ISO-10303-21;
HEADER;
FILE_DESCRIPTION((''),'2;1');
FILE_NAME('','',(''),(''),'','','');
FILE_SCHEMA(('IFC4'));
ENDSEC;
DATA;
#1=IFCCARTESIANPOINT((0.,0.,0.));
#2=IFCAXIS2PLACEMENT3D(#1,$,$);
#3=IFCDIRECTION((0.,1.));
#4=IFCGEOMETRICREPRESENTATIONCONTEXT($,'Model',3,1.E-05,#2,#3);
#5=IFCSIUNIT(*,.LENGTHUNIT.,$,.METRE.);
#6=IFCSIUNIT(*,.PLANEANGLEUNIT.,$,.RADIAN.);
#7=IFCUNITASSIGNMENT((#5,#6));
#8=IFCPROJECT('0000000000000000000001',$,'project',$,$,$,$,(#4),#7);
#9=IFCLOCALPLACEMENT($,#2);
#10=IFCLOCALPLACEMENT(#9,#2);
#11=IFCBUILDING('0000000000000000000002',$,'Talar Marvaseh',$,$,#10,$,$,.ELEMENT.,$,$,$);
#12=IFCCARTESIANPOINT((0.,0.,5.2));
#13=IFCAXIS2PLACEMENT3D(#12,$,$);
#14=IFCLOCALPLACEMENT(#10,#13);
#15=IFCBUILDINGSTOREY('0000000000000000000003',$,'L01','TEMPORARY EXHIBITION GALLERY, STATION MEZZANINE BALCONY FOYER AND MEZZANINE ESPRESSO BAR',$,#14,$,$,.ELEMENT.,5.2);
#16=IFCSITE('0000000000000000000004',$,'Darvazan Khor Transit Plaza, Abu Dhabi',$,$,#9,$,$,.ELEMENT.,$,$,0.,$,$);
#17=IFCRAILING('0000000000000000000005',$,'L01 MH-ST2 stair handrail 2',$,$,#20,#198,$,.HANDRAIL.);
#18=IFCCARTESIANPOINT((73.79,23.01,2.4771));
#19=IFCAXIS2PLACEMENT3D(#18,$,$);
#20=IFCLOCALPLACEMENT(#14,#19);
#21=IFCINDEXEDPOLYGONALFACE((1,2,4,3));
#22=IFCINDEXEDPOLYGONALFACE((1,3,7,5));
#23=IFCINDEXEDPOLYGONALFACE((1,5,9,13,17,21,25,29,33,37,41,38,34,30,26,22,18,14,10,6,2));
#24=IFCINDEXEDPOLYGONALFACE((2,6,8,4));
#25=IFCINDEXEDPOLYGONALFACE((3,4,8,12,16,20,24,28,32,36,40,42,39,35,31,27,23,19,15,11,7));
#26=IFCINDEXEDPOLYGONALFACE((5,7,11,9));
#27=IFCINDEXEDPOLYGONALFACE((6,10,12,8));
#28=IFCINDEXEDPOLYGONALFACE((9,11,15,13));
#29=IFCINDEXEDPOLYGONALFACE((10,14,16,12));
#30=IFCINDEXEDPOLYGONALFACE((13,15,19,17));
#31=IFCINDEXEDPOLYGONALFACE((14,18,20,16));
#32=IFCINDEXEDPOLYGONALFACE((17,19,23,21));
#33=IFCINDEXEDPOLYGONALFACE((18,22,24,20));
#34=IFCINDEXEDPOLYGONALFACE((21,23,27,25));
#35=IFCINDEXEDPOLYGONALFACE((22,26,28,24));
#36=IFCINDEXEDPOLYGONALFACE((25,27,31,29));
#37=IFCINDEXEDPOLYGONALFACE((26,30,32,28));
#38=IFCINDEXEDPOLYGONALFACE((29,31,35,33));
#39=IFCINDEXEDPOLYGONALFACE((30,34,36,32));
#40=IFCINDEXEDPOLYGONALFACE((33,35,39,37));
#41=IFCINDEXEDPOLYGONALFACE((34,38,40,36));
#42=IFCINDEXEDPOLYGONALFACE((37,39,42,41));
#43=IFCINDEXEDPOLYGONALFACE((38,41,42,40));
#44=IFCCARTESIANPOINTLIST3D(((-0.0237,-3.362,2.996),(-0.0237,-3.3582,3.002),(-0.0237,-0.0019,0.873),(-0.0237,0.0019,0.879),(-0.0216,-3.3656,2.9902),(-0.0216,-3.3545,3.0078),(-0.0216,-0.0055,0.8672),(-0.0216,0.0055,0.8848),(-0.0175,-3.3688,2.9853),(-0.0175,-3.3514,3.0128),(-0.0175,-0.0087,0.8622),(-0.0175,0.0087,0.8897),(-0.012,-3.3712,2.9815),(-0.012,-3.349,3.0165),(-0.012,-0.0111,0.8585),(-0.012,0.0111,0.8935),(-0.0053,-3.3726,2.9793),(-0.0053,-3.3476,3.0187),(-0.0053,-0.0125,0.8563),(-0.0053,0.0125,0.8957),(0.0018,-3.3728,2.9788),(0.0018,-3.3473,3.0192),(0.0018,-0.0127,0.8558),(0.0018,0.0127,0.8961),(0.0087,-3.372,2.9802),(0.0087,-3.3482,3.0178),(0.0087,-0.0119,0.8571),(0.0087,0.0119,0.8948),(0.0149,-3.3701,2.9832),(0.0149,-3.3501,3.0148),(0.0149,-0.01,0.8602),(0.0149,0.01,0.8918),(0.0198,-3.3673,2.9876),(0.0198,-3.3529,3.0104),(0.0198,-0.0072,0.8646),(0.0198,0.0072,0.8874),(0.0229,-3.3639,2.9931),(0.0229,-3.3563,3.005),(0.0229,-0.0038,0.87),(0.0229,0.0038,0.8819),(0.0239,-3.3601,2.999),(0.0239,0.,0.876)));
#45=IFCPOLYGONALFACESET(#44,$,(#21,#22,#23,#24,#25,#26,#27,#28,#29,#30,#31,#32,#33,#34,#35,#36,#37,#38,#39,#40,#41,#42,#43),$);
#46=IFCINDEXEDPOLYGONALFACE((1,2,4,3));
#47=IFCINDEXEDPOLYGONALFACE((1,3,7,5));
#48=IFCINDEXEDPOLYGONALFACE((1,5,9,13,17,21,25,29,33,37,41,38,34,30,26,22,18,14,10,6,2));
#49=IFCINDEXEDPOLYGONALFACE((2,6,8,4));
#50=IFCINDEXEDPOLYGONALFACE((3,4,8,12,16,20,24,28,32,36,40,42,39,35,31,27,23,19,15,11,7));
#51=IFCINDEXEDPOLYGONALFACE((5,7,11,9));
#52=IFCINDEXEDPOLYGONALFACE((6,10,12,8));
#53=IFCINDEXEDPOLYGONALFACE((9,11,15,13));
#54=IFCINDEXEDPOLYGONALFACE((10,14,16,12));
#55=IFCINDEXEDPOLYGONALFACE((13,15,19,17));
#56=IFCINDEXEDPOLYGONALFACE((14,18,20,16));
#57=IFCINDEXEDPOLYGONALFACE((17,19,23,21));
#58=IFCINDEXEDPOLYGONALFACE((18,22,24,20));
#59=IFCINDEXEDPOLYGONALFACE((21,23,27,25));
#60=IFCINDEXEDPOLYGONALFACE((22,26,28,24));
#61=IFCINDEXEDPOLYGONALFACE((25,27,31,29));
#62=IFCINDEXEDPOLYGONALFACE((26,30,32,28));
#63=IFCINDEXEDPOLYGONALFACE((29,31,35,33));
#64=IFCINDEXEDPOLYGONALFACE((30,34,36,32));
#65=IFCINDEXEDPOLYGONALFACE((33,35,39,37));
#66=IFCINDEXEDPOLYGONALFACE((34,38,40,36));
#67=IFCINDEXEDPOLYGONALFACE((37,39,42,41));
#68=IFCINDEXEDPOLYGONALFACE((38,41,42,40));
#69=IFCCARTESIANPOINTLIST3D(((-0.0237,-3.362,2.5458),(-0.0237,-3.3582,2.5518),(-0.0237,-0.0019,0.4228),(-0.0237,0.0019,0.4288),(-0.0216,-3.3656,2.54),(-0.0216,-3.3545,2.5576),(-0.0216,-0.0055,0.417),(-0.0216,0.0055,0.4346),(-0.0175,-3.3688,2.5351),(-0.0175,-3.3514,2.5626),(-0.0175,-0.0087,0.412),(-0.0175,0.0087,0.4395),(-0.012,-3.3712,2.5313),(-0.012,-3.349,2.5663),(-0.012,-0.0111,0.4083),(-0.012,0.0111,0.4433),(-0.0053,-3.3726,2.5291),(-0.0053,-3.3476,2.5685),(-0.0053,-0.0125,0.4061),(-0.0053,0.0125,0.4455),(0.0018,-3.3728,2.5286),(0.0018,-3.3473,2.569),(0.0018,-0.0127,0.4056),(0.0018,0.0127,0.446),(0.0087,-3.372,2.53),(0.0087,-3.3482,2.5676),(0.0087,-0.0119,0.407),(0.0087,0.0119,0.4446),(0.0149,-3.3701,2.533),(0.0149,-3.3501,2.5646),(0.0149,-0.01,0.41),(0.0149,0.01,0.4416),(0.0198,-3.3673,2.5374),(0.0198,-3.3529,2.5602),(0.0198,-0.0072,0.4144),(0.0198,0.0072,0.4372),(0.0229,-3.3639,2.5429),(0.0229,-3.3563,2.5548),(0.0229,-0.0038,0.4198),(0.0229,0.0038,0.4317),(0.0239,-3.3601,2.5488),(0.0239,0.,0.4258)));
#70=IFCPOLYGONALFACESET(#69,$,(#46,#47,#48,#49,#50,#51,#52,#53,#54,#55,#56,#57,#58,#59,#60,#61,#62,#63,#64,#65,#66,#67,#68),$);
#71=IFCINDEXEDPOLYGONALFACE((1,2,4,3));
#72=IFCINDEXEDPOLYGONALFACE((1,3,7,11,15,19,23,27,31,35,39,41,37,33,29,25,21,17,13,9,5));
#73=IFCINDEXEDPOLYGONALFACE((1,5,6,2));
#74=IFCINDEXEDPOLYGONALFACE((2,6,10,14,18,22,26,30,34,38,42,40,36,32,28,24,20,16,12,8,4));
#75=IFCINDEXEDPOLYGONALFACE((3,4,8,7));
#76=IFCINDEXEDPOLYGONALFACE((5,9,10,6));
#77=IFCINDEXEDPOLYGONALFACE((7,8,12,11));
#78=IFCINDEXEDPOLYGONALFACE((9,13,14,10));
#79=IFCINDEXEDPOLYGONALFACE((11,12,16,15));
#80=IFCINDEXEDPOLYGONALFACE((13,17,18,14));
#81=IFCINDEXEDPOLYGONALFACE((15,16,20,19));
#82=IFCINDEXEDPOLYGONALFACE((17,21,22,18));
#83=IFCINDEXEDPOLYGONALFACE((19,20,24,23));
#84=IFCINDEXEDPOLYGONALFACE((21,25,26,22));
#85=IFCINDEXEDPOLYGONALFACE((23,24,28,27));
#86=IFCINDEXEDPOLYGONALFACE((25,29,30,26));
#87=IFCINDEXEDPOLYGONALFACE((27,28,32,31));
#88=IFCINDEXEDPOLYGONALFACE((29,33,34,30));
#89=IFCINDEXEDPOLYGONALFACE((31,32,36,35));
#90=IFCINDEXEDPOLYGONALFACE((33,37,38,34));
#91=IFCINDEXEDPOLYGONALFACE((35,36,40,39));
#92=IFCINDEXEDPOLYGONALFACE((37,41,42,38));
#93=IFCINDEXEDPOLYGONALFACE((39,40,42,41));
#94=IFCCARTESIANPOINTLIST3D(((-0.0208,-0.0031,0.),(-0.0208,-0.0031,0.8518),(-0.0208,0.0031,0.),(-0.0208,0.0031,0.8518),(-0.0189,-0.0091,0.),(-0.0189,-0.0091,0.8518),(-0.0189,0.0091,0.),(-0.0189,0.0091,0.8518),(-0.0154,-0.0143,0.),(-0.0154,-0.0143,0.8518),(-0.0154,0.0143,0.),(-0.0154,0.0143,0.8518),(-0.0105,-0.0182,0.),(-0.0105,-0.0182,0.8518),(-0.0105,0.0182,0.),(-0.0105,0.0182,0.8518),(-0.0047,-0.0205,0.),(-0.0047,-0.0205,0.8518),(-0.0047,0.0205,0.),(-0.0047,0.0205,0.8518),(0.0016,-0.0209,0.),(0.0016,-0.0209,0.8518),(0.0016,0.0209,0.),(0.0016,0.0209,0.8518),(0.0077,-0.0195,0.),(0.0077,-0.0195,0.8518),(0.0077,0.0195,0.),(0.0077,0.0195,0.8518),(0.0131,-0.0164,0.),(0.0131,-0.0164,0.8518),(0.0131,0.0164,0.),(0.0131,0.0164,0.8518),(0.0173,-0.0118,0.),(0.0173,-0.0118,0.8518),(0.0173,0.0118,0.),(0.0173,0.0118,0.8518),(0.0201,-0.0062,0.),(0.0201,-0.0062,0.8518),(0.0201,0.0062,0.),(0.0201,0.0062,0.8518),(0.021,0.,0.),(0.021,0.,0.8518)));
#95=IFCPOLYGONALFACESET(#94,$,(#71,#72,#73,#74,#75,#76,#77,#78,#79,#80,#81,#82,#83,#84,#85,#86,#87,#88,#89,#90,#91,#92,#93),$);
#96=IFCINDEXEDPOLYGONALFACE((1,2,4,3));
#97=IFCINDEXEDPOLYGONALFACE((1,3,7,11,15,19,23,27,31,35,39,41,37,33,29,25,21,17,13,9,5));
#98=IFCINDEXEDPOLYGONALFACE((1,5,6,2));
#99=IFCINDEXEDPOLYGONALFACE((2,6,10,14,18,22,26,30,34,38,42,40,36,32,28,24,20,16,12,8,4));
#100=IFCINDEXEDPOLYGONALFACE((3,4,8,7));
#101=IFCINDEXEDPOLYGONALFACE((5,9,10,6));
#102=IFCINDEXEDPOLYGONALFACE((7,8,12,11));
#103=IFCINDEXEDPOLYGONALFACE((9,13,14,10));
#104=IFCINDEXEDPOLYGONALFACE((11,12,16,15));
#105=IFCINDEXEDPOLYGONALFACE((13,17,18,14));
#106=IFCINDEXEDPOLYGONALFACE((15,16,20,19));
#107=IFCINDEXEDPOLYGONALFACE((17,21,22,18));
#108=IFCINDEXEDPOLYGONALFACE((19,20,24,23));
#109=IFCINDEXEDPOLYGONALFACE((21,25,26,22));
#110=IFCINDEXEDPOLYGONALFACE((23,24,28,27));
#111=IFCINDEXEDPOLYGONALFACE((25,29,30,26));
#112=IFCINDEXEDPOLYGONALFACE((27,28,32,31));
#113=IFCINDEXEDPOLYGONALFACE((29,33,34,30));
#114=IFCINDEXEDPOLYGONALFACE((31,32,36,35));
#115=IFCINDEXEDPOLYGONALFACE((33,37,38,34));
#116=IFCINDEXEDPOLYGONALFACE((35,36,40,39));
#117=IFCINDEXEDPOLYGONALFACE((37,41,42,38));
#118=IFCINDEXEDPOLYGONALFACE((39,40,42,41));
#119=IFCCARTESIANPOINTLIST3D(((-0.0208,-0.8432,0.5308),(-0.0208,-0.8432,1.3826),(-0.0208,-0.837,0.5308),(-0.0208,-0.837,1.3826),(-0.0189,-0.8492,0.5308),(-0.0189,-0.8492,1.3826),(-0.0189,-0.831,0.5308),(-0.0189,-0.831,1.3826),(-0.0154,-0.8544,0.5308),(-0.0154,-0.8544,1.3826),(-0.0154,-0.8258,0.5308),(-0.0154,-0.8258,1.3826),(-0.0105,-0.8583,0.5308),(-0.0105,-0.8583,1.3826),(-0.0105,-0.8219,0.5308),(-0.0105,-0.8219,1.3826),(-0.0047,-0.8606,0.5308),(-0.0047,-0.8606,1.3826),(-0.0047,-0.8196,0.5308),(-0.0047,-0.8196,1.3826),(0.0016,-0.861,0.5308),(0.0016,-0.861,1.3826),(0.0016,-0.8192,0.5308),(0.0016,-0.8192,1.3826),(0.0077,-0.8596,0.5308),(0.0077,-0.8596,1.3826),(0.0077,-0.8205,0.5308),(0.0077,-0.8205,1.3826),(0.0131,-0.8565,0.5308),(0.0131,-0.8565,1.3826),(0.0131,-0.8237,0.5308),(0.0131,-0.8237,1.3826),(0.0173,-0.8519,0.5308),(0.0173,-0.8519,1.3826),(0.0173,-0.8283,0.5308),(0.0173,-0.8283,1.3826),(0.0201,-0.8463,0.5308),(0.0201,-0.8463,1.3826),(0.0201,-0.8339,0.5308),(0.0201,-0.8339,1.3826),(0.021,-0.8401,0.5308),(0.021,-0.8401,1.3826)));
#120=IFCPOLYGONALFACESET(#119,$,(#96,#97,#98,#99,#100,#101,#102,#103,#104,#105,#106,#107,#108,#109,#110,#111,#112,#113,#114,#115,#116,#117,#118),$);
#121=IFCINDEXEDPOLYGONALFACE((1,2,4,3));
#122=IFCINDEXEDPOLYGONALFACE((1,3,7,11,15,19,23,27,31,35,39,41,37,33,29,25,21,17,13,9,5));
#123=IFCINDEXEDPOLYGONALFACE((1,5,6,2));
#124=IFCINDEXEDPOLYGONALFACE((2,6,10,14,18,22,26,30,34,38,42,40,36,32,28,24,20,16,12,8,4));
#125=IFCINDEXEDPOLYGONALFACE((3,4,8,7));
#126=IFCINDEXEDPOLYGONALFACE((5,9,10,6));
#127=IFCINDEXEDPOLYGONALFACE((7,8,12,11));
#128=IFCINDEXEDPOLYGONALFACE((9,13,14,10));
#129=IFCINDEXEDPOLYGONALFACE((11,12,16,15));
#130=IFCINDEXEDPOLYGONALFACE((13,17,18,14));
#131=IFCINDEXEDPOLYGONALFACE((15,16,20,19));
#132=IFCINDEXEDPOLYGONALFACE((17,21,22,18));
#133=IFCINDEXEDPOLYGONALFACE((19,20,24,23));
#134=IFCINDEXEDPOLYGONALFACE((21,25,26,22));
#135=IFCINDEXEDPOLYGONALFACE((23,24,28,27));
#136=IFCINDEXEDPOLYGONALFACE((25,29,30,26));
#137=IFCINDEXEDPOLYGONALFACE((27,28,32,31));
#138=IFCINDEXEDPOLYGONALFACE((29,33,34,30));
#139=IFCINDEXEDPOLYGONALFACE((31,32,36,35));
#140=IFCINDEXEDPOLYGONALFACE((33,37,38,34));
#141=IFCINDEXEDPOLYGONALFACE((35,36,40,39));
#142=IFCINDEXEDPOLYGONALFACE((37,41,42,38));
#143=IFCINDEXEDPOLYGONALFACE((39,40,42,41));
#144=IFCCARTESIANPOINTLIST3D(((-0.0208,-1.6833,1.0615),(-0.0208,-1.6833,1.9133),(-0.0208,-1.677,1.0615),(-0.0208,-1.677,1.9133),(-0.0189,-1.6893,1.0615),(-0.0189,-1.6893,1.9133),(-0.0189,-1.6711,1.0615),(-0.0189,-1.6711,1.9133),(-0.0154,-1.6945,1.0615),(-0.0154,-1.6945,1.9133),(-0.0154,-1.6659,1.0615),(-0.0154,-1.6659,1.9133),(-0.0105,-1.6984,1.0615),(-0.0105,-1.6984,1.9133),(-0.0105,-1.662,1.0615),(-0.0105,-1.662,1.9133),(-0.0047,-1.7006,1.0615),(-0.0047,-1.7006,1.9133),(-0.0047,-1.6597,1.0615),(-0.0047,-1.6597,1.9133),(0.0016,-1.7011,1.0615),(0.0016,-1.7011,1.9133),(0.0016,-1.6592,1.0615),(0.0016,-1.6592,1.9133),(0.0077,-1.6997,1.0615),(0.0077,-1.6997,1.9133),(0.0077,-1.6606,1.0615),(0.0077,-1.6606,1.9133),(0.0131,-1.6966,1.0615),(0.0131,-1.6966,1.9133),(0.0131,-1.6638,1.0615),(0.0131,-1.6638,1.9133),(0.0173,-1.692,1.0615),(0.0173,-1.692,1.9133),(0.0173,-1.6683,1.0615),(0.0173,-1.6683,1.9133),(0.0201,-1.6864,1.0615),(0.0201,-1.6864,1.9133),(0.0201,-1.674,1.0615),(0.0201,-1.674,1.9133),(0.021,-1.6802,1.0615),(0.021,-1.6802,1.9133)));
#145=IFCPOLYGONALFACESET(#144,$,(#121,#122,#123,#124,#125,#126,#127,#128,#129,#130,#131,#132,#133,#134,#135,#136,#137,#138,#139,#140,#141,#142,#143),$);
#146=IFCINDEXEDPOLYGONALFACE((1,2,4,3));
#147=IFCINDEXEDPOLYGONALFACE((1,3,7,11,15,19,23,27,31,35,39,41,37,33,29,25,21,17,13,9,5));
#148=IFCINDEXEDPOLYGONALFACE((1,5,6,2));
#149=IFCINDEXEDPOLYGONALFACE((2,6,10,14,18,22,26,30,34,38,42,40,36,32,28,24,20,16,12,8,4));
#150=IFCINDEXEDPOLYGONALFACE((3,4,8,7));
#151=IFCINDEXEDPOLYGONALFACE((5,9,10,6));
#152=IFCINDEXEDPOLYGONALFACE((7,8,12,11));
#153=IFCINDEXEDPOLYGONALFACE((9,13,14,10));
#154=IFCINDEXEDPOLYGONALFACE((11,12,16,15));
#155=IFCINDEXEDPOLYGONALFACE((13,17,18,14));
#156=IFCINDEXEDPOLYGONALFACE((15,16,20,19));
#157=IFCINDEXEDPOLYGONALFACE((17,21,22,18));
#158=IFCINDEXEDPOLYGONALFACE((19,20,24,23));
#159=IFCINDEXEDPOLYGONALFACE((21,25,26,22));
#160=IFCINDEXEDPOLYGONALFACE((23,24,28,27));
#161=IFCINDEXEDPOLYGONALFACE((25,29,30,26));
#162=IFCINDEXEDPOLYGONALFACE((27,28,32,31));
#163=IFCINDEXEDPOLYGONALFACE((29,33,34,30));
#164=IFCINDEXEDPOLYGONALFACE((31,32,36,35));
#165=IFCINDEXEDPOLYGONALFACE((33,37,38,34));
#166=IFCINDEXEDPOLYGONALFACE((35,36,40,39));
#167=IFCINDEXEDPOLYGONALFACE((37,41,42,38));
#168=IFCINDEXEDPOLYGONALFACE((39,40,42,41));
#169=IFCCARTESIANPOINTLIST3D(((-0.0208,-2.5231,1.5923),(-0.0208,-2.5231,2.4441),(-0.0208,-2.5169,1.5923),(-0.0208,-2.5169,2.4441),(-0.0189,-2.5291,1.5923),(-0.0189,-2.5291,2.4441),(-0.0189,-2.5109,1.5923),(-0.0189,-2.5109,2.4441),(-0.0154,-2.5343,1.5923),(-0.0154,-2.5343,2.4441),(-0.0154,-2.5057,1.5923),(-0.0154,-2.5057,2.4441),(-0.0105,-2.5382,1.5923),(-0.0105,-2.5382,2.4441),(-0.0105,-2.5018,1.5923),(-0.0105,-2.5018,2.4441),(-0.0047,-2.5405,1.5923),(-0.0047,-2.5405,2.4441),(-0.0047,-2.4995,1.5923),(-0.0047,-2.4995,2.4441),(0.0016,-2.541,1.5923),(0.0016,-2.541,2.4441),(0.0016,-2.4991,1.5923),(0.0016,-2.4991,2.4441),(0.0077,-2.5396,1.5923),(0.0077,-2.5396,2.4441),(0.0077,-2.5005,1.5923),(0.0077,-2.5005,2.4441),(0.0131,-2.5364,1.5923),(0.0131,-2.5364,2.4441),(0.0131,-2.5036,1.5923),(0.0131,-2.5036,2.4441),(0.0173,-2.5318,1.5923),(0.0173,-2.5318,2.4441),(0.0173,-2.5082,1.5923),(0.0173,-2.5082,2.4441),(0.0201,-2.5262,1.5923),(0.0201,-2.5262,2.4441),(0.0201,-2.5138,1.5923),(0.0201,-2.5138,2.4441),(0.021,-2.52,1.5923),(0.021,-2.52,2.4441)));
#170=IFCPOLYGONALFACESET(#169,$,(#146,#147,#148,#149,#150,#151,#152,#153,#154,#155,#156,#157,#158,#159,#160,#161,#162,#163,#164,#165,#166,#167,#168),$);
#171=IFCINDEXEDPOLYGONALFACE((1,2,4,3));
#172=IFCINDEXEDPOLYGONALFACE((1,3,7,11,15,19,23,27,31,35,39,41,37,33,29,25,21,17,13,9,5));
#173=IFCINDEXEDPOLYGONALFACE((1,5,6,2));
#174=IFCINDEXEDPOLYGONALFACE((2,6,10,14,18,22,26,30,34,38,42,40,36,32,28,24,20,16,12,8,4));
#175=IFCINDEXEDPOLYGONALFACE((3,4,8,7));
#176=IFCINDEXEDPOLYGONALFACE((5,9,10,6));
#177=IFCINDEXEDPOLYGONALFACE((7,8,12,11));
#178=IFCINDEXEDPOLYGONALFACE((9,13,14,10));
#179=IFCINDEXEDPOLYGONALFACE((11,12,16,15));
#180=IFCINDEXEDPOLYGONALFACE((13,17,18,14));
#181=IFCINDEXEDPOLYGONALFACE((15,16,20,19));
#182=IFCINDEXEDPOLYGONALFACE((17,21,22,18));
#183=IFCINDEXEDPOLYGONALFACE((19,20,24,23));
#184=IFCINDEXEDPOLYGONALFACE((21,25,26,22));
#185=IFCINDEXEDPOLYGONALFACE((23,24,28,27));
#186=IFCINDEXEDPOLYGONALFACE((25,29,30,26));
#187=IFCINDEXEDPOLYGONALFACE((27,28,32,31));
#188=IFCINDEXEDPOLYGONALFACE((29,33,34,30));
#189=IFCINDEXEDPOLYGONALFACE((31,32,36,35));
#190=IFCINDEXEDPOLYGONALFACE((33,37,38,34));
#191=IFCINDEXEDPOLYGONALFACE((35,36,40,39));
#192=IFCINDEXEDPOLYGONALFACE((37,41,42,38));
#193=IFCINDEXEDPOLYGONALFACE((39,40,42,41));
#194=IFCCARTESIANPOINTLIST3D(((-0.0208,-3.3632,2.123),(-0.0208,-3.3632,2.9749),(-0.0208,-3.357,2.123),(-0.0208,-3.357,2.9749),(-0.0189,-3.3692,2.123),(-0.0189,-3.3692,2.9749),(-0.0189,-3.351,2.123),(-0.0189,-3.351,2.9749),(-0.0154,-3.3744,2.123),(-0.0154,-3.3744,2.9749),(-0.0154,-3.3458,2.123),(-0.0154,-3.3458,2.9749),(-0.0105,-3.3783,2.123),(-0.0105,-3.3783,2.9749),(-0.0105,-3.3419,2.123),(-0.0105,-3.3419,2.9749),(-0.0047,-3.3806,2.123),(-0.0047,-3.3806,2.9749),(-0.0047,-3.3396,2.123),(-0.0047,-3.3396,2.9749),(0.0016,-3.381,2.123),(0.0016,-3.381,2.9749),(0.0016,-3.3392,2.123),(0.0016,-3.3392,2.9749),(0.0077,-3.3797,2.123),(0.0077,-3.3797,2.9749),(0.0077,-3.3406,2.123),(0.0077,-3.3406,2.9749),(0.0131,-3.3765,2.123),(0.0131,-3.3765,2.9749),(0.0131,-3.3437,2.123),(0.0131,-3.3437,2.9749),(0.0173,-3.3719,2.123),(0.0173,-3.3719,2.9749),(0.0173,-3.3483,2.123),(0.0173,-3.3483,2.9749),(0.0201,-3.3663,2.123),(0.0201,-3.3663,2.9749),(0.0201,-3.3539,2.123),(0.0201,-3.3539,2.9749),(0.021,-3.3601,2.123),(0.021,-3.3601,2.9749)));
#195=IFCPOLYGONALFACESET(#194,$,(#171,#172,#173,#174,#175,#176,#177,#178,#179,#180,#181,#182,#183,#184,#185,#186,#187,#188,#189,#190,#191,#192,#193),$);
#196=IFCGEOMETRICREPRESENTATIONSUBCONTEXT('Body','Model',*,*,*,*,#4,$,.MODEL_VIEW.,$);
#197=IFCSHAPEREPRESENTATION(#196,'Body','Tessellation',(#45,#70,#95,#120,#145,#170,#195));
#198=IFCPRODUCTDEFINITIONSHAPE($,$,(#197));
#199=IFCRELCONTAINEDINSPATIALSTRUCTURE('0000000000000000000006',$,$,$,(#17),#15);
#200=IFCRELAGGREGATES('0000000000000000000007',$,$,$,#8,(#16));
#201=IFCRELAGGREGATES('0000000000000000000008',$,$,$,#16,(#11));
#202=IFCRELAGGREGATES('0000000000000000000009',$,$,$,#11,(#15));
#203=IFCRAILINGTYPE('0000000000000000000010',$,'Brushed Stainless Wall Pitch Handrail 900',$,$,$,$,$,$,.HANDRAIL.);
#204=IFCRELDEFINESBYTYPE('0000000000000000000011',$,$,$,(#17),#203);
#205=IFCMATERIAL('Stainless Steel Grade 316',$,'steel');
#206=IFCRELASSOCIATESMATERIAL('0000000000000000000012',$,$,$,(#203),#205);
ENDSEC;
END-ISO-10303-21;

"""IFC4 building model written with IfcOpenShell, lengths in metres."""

from ifc_helpers import new_model, si_unit, direction, frame, origin, origin_2d, place, context, subcontext, project, spatial, circle, extrude, material, type_object, element, save


model = new_model("IFC4")

# Units and contexts
model_context = context("Model", 3, precision=1e-05, world=origin(), true_north=direction((0.0, 1.0)))
body_context = subcontext(model_context, "Body", "Model", "MODEL_VIEW")
ifc_project = project(units=[si_unit("LENGTHUNIT", "METRE"), si_unit("PLANEANGLEUNIT", "RADIAN")], contexts=[model_context])

# Site, building, storey
site_placement = place(None, origin())
site = spatial("IfcSite", under=ifc_project, at=site_placement, Name="Darvazan Khor Transit Plaza, Abu Dhabi", CompositionType="ELEMENT", RefElevation=0.0)
building_placement = place(site_placement, origin())
building = spatial("IfcBuilding", under=site, at=building_placement, Name="Talar Marvaseh", CompositionType="ELEMENT")
storey_placement = place(building_placement, frame((0.0, 0.0, 5.2)))
storey = spatial("IfcBuildingStorey", under=building, at=storey_placement, Name="L01", Description="TEMPORARY EXHIBITION GALLERY, STATION MEZZANINE BALCONY FOYER AND MEZZANINE ESPRESSO BAR", CompositionType="ELEMENT", Elevation=5.2)

# Railing
ifc_material_1 = material(Name="Stainless Steel Grade 316", Category="steel")
railing_type_1 = type_object("IfcRailingType", Name="Brushed Stainless Wall Pitch Handrail 900", PredefinedType="HANDRAIL", material=ifc_material_1)
railing_1_placement = place(storey_placement, frame((73.79, 23.01, 2.4771)))
element("IfcRailing", 1, at=railing_1_placement, inside=storey, type_object=railing_type_1, Name="L01 MH-ST2 stair handrail 2", PredefinedType="HANDRAIL", context=body_context, shape_type="SweptSolid", body=[
    extrude(circle(Radius=0.0239, at=origin_2d()), frame((0.0, 0.0, 0.876), z_axis=(0.0, -0.84539, 0.53415), x_axis=(1.0, 0.0, 0.0)), (0.0, 0.0, 1.0), 3.9746),
    extrude(circle(Radius=0.0239, at=origin_2d()), frame((0.0, 0.0, 0.4258), z_axis=(0.0, -0.84539, 0.53415), x_axis=(1.0, 0.0, 0.0)), (0.0, 0.0, 1.0), 3.9746),
    extrude(circle(Radius=0.021, at=origin_2d()), origin(), (0.0, 0.0, 1.0), 0.8518),
    extrude(circle(Radius=0.021, at=origin_2d()), frame((0.0, -0.8401, 0.5308)), (0.0, 0.0, 1.0), 0.8518),
    extrude(circle(Radius=0.021, at=origin_2d()), frame((0.0, -1.6802, 1.0615)), (0.0, 0.0, 1.0), 0.8518),
    extrude(circle(Radius=0.021, at=origin_2d()), frame((0.0, -2.52, 1.5923)), (0.0, 0.0, 1.0), 0.8518),
    extrude(circle(Radius=0.021, at=origin_2d()), frame((0.0, -3.3601, 2.123)), (0.0, 0.0, 1.0), 0.8518),
])

save(model, "model.ifc")
